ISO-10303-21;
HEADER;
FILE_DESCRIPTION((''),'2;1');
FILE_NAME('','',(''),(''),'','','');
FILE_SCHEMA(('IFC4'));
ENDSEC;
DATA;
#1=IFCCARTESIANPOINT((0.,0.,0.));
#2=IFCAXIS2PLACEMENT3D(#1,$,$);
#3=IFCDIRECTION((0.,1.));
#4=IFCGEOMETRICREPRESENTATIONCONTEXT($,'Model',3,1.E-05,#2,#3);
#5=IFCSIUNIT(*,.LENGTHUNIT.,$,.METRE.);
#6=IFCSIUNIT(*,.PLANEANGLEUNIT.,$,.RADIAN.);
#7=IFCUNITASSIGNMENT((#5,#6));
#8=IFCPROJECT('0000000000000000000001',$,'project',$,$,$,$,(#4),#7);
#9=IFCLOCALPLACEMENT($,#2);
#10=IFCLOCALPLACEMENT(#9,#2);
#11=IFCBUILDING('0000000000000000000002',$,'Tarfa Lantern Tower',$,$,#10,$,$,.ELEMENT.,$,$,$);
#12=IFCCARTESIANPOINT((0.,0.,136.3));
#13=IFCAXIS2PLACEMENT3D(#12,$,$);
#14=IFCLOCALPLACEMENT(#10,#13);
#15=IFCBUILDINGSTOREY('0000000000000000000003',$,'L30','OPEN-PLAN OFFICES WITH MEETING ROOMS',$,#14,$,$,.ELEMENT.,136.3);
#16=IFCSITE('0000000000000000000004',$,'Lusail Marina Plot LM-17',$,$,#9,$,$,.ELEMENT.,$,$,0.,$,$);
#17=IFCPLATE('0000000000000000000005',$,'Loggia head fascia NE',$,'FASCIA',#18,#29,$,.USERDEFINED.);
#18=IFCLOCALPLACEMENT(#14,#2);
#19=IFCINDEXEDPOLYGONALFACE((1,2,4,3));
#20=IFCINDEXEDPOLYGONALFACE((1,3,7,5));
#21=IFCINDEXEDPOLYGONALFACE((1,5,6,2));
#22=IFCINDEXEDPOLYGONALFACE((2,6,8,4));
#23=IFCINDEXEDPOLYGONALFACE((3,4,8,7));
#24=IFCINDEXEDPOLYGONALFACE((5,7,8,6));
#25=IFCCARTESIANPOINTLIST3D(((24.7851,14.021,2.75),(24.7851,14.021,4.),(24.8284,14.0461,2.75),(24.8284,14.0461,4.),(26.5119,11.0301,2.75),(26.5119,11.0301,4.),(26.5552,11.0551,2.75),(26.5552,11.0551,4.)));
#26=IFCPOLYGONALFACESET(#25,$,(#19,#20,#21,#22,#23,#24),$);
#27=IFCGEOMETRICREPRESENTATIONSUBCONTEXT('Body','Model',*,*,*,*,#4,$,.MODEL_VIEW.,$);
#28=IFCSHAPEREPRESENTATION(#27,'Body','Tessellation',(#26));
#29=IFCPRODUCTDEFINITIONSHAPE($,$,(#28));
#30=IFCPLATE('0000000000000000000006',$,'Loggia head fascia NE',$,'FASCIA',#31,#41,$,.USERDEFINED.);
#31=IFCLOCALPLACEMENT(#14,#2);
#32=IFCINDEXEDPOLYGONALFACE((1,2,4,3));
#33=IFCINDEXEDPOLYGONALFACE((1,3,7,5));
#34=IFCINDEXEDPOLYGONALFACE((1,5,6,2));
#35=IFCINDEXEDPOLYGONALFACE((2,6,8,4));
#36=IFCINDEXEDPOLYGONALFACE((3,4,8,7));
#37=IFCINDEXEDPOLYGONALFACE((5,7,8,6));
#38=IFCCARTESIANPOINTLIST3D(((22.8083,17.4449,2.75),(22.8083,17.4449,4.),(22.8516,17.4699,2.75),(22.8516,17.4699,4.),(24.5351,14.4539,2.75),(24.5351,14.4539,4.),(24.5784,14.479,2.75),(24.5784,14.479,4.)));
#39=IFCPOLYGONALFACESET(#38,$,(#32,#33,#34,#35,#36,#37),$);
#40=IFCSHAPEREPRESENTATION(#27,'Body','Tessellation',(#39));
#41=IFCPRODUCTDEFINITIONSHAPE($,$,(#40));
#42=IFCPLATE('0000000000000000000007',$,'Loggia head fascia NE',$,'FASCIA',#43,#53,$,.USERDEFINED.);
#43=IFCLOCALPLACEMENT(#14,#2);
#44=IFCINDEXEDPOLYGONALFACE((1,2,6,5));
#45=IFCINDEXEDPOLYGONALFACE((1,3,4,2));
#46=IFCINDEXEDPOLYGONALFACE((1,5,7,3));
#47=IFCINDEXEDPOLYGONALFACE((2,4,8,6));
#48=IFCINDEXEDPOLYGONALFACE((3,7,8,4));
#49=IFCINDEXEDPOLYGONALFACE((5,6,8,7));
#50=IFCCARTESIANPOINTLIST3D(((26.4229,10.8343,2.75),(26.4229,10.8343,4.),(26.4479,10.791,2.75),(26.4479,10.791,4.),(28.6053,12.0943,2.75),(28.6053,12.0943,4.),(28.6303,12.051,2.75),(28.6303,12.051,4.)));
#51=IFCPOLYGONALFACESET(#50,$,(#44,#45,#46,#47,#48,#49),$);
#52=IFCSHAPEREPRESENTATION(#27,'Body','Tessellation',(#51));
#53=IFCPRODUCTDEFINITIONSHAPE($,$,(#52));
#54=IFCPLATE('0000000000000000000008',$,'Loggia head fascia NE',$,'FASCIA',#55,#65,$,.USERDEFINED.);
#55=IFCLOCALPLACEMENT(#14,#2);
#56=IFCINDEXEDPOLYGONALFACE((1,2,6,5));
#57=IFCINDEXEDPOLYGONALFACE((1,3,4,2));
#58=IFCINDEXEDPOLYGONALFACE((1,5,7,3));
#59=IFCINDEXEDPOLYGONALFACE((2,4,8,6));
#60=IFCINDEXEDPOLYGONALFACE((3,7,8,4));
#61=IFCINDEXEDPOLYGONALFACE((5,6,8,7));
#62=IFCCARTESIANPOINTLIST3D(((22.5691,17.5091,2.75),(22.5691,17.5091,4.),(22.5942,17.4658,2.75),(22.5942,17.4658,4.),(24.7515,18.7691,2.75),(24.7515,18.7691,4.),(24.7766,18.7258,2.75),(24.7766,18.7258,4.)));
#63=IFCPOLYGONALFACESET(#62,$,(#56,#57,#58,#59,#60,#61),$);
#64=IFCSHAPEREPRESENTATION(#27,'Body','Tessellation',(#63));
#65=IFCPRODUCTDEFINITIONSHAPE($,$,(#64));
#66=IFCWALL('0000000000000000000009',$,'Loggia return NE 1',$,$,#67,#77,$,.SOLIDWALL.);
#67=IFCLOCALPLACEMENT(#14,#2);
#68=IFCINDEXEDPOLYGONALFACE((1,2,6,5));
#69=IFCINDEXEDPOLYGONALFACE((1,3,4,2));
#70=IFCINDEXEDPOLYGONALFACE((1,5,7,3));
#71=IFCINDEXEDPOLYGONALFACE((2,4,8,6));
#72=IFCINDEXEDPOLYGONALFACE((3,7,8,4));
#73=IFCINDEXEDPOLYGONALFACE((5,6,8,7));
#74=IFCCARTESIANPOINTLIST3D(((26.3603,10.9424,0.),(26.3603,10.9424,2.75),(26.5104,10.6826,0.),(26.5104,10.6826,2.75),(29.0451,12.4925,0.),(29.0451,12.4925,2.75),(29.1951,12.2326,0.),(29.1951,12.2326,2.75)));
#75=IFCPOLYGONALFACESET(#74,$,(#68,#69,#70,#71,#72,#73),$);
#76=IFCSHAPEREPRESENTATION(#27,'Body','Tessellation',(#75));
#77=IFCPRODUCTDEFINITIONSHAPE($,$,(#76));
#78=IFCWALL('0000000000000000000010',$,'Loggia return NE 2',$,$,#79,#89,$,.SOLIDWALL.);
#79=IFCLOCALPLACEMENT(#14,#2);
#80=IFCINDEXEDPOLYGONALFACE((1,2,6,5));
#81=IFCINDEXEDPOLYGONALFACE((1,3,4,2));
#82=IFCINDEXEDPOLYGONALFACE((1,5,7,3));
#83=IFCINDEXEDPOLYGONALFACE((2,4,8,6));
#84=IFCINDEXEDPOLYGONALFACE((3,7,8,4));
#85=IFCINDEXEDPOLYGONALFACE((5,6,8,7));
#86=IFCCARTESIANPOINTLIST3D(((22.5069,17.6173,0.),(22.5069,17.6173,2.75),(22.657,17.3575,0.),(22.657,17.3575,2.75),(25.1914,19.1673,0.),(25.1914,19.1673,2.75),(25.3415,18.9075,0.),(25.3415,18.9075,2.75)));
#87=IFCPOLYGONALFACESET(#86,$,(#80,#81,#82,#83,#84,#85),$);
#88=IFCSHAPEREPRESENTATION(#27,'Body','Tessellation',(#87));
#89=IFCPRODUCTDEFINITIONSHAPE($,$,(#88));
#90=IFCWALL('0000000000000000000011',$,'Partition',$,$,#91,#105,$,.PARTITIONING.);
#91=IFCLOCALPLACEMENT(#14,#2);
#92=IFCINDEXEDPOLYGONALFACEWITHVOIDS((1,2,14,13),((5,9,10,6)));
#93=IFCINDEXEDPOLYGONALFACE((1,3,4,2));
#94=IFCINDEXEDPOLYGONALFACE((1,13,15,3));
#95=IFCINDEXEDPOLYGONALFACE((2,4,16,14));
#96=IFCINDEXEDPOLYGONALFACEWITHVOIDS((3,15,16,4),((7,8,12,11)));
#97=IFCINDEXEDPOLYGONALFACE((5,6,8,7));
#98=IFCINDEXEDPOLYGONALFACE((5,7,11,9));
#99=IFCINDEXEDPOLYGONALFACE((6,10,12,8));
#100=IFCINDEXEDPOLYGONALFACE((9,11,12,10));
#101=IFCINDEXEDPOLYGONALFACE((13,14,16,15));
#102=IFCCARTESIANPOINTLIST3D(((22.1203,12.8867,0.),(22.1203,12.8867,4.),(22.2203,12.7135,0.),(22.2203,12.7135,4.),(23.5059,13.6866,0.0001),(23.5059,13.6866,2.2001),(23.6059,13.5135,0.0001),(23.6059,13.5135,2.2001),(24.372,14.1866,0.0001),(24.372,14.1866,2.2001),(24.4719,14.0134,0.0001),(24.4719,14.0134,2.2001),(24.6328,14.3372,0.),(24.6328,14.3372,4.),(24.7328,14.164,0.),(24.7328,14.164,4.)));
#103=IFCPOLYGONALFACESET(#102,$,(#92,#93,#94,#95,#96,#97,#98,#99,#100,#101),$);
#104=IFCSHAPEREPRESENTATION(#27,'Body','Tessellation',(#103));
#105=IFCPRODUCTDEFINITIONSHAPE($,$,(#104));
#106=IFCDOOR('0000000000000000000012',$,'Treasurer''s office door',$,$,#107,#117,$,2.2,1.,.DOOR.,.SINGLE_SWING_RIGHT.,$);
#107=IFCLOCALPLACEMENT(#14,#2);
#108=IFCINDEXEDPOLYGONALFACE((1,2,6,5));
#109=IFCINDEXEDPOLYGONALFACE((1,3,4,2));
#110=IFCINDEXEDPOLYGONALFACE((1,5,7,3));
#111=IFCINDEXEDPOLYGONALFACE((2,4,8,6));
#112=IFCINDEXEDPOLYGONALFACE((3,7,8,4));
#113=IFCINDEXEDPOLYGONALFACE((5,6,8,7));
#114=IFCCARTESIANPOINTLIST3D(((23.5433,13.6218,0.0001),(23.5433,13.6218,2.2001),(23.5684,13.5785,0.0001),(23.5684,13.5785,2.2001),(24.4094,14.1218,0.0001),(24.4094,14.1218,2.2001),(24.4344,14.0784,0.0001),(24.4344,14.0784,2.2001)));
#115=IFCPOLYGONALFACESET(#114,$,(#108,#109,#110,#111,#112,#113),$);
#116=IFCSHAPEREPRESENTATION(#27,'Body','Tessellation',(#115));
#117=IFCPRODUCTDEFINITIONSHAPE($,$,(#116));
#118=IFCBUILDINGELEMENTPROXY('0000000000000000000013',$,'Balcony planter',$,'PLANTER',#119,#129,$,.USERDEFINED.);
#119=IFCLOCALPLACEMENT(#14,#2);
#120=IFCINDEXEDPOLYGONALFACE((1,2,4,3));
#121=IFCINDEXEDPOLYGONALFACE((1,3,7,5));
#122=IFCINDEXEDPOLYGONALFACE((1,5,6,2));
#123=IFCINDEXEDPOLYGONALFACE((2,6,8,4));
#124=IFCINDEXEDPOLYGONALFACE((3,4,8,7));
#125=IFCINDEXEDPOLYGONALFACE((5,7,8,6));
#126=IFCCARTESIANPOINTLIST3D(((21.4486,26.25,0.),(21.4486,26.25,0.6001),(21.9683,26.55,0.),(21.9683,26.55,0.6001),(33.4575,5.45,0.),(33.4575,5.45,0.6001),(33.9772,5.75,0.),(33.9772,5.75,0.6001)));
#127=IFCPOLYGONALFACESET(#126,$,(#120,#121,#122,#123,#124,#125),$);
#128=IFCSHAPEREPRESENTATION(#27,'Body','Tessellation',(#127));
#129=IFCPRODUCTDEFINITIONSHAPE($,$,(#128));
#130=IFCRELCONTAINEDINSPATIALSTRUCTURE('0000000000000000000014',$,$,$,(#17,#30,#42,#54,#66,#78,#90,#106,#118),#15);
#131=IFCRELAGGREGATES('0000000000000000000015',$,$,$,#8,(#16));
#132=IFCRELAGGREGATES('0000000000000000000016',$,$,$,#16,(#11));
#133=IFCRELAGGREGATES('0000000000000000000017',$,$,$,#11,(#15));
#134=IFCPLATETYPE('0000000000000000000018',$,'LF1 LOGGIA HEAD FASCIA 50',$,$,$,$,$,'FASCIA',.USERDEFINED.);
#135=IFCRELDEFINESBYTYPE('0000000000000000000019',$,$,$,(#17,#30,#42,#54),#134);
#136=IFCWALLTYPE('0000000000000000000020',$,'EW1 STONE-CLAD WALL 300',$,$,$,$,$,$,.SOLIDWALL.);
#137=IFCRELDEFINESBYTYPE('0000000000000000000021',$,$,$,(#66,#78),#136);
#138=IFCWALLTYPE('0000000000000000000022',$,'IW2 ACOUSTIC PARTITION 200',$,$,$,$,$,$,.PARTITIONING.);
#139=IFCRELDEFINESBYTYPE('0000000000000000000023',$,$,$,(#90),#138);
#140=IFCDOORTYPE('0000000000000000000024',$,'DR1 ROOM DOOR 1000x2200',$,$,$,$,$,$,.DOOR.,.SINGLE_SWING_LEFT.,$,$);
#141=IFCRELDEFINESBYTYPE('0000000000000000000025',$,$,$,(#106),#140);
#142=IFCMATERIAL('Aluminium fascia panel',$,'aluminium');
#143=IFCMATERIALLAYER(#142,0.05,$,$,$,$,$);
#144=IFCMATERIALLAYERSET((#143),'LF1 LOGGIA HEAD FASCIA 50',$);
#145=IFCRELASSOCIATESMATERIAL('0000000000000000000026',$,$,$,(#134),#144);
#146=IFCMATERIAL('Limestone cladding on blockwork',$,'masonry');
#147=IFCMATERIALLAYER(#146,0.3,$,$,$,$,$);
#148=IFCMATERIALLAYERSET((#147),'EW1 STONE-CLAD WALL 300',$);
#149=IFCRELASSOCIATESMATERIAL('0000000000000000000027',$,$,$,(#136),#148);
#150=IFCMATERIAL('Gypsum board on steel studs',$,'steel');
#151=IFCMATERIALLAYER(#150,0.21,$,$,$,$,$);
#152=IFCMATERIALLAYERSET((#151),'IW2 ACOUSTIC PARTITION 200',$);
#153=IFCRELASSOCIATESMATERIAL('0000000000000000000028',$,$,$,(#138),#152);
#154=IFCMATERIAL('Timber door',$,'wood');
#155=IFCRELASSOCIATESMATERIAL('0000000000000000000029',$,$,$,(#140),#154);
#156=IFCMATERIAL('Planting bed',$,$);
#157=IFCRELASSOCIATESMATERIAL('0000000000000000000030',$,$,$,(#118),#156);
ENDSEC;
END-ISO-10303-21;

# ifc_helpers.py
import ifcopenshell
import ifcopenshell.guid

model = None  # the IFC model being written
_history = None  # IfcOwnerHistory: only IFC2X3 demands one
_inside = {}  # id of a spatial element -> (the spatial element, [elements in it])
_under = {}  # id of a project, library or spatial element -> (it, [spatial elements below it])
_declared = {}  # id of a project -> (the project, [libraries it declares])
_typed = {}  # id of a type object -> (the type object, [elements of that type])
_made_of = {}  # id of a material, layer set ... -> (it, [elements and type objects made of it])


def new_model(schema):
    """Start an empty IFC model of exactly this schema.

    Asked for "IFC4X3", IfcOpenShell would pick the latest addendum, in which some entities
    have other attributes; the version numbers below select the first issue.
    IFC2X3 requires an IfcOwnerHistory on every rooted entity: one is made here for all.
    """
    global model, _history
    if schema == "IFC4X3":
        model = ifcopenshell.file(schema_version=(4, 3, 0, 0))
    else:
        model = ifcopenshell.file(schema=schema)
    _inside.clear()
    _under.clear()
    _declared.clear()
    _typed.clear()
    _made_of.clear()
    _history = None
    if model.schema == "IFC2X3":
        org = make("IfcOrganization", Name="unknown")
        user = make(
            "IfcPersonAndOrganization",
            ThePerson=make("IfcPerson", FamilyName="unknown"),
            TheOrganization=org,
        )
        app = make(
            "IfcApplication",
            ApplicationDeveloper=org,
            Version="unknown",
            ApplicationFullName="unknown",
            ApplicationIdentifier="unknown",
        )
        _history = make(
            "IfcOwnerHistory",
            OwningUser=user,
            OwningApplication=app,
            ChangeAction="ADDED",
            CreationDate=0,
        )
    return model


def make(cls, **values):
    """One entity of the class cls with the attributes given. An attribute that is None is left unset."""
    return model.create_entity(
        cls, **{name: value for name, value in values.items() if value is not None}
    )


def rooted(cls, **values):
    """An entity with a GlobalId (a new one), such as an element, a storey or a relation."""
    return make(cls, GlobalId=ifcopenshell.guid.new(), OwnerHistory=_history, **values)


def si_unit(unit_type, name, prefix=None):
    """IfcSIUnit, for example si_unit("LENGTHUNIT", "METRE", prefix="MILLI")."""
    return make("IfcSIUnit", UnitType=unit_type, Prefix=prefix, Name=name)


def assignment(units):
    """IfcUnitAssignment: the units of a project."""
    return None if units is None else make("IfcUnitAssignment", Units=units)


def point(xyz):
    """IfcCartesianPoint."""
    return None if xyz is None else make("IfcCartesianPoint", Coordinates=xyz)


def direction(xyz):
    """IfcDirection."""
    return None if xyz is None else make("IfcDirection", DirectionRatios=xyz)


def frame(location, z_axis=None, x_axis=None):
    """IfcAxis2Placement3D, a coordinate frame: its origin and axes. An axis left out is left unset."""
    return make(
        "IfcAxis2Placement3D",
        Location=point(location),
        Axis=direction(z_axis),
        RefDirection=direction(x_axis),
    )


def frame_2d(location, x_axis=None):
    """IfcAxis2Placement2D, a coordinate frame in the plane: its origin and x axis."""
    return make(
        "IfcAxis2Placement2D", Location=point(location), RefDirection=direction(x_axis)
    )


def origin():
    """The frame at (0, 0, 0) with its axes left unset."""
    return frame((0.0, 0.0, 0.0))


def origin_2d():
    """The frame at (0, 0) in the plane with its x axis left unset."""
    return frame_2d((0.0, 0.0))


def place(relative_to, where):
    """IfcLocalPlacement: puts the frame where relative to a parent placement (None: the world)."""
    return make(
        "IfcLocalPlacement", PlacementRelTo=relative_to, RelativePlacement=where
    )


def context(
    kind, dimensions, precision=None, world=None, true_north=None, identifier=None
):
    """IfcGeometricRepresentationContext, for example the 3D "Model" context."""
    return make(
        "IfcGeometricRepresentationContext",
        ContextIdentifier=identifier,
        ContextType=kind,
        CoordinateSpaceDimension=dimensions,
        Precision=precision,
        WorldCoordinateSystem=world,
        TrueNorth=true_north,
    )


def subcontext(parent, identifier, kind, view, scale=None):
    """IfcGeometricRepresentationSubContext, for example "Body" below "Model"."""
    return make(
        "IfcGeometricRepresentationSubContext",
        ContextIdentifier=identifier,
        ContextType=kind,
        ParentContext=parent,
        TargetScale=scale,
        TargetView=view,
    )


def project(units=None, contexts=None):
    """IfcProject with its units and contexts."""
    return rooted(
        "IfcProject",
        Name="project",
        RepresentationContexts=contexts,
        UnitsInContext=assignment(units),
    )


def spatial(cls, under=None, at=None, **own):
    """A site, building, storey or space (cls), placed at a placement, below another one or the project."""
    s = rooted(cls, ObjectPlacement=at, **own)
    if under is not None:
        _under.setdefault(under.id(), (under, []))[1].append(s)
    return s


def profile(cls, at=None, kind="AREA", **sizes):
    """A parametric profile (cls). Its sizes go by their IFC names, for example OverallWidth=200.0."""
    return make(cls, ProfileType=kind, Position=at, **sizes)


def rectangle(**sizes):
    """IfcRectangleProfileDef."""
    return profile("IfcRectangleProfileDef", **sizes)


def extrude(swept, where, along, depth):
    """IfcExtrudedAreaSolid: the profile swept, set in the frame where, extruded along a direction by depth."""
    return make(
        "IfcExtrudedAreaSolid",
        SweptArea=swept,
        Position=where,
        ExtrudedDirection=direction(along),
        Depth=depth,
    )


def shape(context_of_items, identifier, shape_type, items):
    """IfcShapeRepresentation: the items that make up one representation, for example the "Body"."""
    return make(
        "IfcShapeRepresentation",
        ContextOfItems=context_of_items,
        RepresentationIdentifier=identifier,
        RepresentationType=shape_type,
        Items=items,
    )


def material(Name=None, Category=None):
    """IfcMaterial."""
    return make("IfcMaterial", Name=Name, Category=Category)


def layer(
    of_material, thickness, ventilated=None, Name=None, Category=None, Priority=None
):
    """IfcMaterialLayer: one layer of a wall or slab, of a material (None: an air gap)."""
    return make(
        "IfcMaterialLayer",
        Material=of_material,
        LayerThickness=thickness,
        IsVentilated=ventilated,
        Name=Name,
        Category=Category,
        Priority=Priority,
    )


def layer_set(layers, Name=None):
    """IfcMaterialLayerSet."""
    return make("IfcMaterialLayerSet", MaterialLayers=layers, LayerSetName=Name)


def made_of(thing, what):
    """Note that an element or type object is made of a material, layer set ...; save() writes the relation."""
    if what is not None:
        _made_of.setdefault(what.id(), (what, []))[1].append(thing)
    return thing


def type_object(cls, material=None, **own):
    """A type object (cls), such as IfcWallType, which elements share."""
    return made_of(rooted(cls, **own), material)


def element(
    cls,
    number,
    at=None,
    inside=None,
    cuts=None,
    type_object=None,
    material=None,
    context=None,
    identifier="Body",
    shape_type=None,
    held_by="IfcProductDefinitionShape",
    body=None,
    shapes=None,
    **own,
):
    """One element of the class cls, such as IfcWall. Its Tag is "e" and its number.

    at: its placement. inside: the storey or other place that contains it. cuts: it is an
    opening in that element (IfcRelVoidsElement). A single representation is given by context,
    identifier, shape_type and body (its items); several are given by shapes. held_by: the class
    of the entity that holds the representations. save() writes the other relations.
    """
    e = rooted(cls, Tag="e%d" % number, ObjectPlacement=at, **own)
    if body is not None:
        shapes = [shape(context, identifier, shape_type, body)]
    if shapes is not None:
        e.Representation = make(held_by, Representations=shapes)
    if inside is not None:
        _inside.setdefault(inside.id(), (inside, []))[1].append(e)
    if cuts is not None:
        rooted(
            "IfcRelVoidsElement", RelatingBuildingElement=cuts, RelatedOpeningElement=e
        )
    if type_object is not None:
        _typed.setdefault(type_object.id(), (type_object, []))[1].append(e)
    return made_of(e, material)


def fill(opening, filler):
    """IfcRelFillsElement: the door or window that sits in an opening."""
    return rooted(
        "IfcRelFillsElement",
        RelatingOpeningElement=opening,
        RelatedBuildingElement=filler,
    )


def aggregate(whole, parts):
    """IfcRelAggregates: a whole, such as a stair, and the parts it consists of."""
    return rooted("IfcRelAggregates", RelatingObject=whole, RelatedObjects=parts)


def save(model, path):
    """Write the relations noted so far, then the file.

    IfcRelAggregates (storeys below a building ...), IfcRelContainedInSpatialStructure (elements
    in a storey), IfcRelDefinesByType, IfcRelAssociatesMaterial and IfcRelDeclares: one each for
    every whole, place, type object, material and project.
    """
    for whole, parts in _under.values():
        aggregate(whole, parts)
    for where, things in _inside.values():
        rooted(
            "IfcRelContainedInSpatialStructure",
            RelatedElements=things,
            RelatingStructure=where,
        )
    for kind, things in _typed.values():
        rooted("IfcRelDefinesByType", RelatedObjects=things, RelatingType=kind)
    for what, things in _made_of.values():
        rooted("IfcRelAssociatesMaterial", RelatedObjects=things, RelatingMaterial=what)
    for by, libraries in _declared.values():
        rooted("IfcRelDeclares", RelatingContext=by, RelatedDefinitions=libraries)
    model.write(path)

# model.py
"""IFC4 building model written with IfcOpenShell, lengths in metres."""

from ifc_helpers import new_model, si_unit, direction, frame, frame_2d, origin, origin_2d, place, context, subcontext, project, spatial, rectangle, extrude, material, layer, layer_set, type_object, element, fill, save


model = new_model("IFC4")

# Units and contexts
model_context = context("Model", 3, precision=1e-05, world=origin(), true_north=direction((0.0, 1.0)))
body_context = subcontext(model_context, "Body", "Model", "MODEL_VIEW")
ifc_project = project(units=[si_unit("LENGTHUNIT", "METRE"), si_unit("PLANEANGLEUNIT", "RADIAN")], contexts=[model_context])

# Site, building, storey
site_placement = place(None, origin())
site = spatial("IfcSite", under=ifc_project, at=site_placement, Name="Lusail Marina Plot LM-17", CompositionType="ELEMENT", RefElevation=0.0)
building_placement = place(site_placement, origin())
building = spatial("IfcBuilding", under=site, at=building_placement, Name="Tarfa Lantern Tower", CompositionType="ELEMENT")
storey_placement = place(building_placement, frame((0.0, 0.0, 136.3)))
storey = spatial("IfcBuildingStorey", under=building, at=storey_placement, Name="L30", Description="OPEN-PLAN OFFICES WITH MEETING ROOMS", CompositionType="ELEMENT", Elevation=136.3)

# Plates
ifc_material_1 = material(Name="Aluminium fascia panel", Category="aluminium")
ifc_layer_1 = layer(ifc_material_1, 0.05)
ifc_layer_set_1 = layer_set([ifc_layer_1], Name="LF1 LOGGIA HEAD FASCIA 50")
plate_type_1 = type_object("IfcPlateType", Name="LF1 LOGGIA HEAD FASCIA 50", ElementType="FASCIA", PredefinedType="USERDEFINED", material=ifc_layer_set_1)
for number, where, z_axis, x_axis, name in (
    (1, (25.6702, 12.5381, 2.75), (0.0, 0.0, 1.0), (-0.5, 0.866025, 0.0), "Loggia head fascia NE"),
    (2, (23.6934, 15.9619, 2.75), (0.0, 0.0, 1.0), (-0.5, 0.866025, 0.0), "Loggia head fascia NE"),
):
    element("IfcPlate", number, at=place(storey_placement, frame(where, z_axis=z_axis, x_axis=x_axis)), inside=storey, type_object=plate_type_1, Name=name, ObjectType="FASCIA", PredefinedType="USERDEFINED", context=body_context, shape_type="SweptSolid", body=[
        extrude(rectangle(XDim=3.4536, YDim=0.05, at=origin_2d()), origin(), (0.0, 0.0, 1.0), 1.25),
    ])
for number, where, z_axis, x_axis, name in (
    (3, (27.5266, 11.4426, 2.75), (0.0, 0.0, 1.0), (-0.866025, -0.5, 0.0), "Loggia head fascia NE"),
    (4, (23.6729, 18.1174, 2.75), (0.0, 0.0, 1.0), (-0.866025, -0.5, 0.0), "Loggia head fascia NE"),
):
    element("IfcPlate", number, at=place(storey_placement, frame(where, z_axis=z_axis, x_axis=x_axis)), inside=storey, type_object=plate_type_1, Name=name, ObjectType="FASCIA", PredefinedType="USERDEFINED", context=body_context, shape_type="SweptSolid", body=[
        extrude(rectangle(XDim=2.52, YDim=0.05, at=origin_2d()), origin(), (0.0, 0.0, 1.0), 1.25),
    ])

# Walls
ifc_material_2 = material(Name="Limestone cladding on blockwork", Category="masonry")
ifc_layer_2 = layer(ifc_material_2, 0.3)
ifc_layer_set_2 = layer_set([ifc_layer_2], Name="EW1 STONE-CLAD WALL 300")
wall_type_1 = type_object("IfcWallType", Name="EW1 STONE-CLAD WALL 300", PredefinedType="SOLIDWALL", material=ifc_layer_set_2)
wall_1_placement = place(storey_placement, frame((29.1201, 12.3625, 0.0), z_axis=(0.0, 0.0, 1.0), x_axis=(-0.86603, -0.499993, 0.0)))
element("IfcWall", 5, at=wall_1_placement, inside=storey, type_object=wall_type_1, Name="Loggia return NE 1", PredefinedType="SOLIDWALL", context=body_context, shape_type="SweptSolid", body=[
    extrude(rectangle(XDim=3.1001, YDim=0.3, at=frame_2d((1.55, 0.0))), origin(), (0.0, 0.0, 1.0), 2.75),
])
wall_2_placement = place(storey_placement, frame((25.2664, 19.0374, 0.0), z_axis=(0.0, 0.0, 1.0), x_axis=(-0.86601, -0.500027, 0.0)))
element("IfcWall", 6, at=wall_2_placement, inside=storey, type_object=wall_type_1, Name="Loggia return NE 2", PredefinedType="SOLIDWALL", context=body_context, shape_type="SweptSolid", body=[
    extrude(rectangle(XDim=3.0999, YDim=0.3, at=frame_2d((1.5498, 0.0))), origin(), (0.0, 0.0, 1.0), 2.75),
])

# Wall, opening, door
ifc_material_3 = material(Name="Gypsum board on steel studs", Category="steel")
ifc_layer_3 = layer(ifc_material_3, 0.21)
ifc_layer_set_3 = layer_set([ifc_layer_3], Name="IW2 ACOUSTIC PARTITION 200")
wall_type_2 = type_object("IfcWallType", Name="IW2 ACOUSTIC PARTITION 200", PredefinedType="PARTITIONING", material=ifc_layer_set_3)
wall_3_placement = place(storey_placement, frame((22.1702, 12.8, 0.0), z_axis=(0.0, 0.0, 1.0), x_axis=(0.866044, 0.499968, 0.0)))
wall_3 = element("IfcWall", 7, at=wall_3_placement, inside=storey, type_object=wall_type_2, Name="Partition", PredefinedType="PARTITIONING", context=body_context, shape_type="SweptSolid", body=[
    extrude(rectangle(XDim=2.9011, YDim=0.2, at=frame_2d((1.4507, 0.0))), origin(), (0.0, 0.0, 1.0), 4.0),
])
opening_placement = place(wall_3_placement, frame((1.6001, 0.0, 0.0)))
opening = element("IfcOpeningElement", 8, at=opening_placement, cuts=wall_3, PredefinedType="OPENING", context=body_context, shape_type="SweptSolid", body=[
    extrude(rectangle(XDim=1.0, YDim=2.2, at=frame_2d((0.5, 1.1001))), frame((0.0, 0.1099, 0.0), z_axis=(0.0, -1.0, 0.0), x_axis=(1.0, 0.0, 0.0)), (0.0, 0.0, 1.0), 0.22),
])
ifc_material_4 = material(Name="Timber door", Category="wood")
door_type = type_object("IfcDoorType", Name="DR1 ROOM DOOR 1000x2200", OperationType="SINGLE_SWING_LEFT", PredefinedType="DOOR", material=ifc_material_4)
door_placement = place(opening_placement, frame((1.0, 0.0, 0.0), z_axis=(0.0, 0.0, 1.0), x_axis=(-1.0, 0.0, 0.0)))
door = element("IfcDoor", 9, at=door_placement, inside=storey, type_object=door_type, Name="Treasurer's office door", OperationType="SINGLE_SWING_RIGHT", OverallHeight=2.2, OverallWidth=1.0, PredefinedType="DOOR", context=body_context, shape_type="SweptSolid", body=[
    extrude(rectangle(XDim=1.0, YDim=2.2, at=frame_2d((0.5, 1.1001))), frame((0.0, 0.0249, 0.0), z_axis=(0.0, -1.0, 0.0), x_axis=(1.0, 0.0, 0.0)), (0.0, 0.0, 1.0), 0.05),
])
fill(opening, door)

# Building element proxy
ifc_material_5 = material(Name="Planting bed")
proxy_placement = place(storey_placement, frame((27.7129, 16.0, 0.0), z_axis=(0.0, 0.0, 1.0), x_axis=(-0.5, 0.866025, 0.0)))
element("IfcBuildingElementProxy", 10, at=proxy_placement, inside=storey, material=ifc_material_5, Name="Balcony planter", ObjectType="PLANTER", PredefinedType="USERDEFINED", context=body_context, shape_type="SweptSolid", body=[
    extrude(rectangle(XDim=24.0178, YDim=0.6001, at=origin_2d()), origin(), (0.0, 0.0, 1.0), 0.6001),
])

save(model, "model.ifc")
